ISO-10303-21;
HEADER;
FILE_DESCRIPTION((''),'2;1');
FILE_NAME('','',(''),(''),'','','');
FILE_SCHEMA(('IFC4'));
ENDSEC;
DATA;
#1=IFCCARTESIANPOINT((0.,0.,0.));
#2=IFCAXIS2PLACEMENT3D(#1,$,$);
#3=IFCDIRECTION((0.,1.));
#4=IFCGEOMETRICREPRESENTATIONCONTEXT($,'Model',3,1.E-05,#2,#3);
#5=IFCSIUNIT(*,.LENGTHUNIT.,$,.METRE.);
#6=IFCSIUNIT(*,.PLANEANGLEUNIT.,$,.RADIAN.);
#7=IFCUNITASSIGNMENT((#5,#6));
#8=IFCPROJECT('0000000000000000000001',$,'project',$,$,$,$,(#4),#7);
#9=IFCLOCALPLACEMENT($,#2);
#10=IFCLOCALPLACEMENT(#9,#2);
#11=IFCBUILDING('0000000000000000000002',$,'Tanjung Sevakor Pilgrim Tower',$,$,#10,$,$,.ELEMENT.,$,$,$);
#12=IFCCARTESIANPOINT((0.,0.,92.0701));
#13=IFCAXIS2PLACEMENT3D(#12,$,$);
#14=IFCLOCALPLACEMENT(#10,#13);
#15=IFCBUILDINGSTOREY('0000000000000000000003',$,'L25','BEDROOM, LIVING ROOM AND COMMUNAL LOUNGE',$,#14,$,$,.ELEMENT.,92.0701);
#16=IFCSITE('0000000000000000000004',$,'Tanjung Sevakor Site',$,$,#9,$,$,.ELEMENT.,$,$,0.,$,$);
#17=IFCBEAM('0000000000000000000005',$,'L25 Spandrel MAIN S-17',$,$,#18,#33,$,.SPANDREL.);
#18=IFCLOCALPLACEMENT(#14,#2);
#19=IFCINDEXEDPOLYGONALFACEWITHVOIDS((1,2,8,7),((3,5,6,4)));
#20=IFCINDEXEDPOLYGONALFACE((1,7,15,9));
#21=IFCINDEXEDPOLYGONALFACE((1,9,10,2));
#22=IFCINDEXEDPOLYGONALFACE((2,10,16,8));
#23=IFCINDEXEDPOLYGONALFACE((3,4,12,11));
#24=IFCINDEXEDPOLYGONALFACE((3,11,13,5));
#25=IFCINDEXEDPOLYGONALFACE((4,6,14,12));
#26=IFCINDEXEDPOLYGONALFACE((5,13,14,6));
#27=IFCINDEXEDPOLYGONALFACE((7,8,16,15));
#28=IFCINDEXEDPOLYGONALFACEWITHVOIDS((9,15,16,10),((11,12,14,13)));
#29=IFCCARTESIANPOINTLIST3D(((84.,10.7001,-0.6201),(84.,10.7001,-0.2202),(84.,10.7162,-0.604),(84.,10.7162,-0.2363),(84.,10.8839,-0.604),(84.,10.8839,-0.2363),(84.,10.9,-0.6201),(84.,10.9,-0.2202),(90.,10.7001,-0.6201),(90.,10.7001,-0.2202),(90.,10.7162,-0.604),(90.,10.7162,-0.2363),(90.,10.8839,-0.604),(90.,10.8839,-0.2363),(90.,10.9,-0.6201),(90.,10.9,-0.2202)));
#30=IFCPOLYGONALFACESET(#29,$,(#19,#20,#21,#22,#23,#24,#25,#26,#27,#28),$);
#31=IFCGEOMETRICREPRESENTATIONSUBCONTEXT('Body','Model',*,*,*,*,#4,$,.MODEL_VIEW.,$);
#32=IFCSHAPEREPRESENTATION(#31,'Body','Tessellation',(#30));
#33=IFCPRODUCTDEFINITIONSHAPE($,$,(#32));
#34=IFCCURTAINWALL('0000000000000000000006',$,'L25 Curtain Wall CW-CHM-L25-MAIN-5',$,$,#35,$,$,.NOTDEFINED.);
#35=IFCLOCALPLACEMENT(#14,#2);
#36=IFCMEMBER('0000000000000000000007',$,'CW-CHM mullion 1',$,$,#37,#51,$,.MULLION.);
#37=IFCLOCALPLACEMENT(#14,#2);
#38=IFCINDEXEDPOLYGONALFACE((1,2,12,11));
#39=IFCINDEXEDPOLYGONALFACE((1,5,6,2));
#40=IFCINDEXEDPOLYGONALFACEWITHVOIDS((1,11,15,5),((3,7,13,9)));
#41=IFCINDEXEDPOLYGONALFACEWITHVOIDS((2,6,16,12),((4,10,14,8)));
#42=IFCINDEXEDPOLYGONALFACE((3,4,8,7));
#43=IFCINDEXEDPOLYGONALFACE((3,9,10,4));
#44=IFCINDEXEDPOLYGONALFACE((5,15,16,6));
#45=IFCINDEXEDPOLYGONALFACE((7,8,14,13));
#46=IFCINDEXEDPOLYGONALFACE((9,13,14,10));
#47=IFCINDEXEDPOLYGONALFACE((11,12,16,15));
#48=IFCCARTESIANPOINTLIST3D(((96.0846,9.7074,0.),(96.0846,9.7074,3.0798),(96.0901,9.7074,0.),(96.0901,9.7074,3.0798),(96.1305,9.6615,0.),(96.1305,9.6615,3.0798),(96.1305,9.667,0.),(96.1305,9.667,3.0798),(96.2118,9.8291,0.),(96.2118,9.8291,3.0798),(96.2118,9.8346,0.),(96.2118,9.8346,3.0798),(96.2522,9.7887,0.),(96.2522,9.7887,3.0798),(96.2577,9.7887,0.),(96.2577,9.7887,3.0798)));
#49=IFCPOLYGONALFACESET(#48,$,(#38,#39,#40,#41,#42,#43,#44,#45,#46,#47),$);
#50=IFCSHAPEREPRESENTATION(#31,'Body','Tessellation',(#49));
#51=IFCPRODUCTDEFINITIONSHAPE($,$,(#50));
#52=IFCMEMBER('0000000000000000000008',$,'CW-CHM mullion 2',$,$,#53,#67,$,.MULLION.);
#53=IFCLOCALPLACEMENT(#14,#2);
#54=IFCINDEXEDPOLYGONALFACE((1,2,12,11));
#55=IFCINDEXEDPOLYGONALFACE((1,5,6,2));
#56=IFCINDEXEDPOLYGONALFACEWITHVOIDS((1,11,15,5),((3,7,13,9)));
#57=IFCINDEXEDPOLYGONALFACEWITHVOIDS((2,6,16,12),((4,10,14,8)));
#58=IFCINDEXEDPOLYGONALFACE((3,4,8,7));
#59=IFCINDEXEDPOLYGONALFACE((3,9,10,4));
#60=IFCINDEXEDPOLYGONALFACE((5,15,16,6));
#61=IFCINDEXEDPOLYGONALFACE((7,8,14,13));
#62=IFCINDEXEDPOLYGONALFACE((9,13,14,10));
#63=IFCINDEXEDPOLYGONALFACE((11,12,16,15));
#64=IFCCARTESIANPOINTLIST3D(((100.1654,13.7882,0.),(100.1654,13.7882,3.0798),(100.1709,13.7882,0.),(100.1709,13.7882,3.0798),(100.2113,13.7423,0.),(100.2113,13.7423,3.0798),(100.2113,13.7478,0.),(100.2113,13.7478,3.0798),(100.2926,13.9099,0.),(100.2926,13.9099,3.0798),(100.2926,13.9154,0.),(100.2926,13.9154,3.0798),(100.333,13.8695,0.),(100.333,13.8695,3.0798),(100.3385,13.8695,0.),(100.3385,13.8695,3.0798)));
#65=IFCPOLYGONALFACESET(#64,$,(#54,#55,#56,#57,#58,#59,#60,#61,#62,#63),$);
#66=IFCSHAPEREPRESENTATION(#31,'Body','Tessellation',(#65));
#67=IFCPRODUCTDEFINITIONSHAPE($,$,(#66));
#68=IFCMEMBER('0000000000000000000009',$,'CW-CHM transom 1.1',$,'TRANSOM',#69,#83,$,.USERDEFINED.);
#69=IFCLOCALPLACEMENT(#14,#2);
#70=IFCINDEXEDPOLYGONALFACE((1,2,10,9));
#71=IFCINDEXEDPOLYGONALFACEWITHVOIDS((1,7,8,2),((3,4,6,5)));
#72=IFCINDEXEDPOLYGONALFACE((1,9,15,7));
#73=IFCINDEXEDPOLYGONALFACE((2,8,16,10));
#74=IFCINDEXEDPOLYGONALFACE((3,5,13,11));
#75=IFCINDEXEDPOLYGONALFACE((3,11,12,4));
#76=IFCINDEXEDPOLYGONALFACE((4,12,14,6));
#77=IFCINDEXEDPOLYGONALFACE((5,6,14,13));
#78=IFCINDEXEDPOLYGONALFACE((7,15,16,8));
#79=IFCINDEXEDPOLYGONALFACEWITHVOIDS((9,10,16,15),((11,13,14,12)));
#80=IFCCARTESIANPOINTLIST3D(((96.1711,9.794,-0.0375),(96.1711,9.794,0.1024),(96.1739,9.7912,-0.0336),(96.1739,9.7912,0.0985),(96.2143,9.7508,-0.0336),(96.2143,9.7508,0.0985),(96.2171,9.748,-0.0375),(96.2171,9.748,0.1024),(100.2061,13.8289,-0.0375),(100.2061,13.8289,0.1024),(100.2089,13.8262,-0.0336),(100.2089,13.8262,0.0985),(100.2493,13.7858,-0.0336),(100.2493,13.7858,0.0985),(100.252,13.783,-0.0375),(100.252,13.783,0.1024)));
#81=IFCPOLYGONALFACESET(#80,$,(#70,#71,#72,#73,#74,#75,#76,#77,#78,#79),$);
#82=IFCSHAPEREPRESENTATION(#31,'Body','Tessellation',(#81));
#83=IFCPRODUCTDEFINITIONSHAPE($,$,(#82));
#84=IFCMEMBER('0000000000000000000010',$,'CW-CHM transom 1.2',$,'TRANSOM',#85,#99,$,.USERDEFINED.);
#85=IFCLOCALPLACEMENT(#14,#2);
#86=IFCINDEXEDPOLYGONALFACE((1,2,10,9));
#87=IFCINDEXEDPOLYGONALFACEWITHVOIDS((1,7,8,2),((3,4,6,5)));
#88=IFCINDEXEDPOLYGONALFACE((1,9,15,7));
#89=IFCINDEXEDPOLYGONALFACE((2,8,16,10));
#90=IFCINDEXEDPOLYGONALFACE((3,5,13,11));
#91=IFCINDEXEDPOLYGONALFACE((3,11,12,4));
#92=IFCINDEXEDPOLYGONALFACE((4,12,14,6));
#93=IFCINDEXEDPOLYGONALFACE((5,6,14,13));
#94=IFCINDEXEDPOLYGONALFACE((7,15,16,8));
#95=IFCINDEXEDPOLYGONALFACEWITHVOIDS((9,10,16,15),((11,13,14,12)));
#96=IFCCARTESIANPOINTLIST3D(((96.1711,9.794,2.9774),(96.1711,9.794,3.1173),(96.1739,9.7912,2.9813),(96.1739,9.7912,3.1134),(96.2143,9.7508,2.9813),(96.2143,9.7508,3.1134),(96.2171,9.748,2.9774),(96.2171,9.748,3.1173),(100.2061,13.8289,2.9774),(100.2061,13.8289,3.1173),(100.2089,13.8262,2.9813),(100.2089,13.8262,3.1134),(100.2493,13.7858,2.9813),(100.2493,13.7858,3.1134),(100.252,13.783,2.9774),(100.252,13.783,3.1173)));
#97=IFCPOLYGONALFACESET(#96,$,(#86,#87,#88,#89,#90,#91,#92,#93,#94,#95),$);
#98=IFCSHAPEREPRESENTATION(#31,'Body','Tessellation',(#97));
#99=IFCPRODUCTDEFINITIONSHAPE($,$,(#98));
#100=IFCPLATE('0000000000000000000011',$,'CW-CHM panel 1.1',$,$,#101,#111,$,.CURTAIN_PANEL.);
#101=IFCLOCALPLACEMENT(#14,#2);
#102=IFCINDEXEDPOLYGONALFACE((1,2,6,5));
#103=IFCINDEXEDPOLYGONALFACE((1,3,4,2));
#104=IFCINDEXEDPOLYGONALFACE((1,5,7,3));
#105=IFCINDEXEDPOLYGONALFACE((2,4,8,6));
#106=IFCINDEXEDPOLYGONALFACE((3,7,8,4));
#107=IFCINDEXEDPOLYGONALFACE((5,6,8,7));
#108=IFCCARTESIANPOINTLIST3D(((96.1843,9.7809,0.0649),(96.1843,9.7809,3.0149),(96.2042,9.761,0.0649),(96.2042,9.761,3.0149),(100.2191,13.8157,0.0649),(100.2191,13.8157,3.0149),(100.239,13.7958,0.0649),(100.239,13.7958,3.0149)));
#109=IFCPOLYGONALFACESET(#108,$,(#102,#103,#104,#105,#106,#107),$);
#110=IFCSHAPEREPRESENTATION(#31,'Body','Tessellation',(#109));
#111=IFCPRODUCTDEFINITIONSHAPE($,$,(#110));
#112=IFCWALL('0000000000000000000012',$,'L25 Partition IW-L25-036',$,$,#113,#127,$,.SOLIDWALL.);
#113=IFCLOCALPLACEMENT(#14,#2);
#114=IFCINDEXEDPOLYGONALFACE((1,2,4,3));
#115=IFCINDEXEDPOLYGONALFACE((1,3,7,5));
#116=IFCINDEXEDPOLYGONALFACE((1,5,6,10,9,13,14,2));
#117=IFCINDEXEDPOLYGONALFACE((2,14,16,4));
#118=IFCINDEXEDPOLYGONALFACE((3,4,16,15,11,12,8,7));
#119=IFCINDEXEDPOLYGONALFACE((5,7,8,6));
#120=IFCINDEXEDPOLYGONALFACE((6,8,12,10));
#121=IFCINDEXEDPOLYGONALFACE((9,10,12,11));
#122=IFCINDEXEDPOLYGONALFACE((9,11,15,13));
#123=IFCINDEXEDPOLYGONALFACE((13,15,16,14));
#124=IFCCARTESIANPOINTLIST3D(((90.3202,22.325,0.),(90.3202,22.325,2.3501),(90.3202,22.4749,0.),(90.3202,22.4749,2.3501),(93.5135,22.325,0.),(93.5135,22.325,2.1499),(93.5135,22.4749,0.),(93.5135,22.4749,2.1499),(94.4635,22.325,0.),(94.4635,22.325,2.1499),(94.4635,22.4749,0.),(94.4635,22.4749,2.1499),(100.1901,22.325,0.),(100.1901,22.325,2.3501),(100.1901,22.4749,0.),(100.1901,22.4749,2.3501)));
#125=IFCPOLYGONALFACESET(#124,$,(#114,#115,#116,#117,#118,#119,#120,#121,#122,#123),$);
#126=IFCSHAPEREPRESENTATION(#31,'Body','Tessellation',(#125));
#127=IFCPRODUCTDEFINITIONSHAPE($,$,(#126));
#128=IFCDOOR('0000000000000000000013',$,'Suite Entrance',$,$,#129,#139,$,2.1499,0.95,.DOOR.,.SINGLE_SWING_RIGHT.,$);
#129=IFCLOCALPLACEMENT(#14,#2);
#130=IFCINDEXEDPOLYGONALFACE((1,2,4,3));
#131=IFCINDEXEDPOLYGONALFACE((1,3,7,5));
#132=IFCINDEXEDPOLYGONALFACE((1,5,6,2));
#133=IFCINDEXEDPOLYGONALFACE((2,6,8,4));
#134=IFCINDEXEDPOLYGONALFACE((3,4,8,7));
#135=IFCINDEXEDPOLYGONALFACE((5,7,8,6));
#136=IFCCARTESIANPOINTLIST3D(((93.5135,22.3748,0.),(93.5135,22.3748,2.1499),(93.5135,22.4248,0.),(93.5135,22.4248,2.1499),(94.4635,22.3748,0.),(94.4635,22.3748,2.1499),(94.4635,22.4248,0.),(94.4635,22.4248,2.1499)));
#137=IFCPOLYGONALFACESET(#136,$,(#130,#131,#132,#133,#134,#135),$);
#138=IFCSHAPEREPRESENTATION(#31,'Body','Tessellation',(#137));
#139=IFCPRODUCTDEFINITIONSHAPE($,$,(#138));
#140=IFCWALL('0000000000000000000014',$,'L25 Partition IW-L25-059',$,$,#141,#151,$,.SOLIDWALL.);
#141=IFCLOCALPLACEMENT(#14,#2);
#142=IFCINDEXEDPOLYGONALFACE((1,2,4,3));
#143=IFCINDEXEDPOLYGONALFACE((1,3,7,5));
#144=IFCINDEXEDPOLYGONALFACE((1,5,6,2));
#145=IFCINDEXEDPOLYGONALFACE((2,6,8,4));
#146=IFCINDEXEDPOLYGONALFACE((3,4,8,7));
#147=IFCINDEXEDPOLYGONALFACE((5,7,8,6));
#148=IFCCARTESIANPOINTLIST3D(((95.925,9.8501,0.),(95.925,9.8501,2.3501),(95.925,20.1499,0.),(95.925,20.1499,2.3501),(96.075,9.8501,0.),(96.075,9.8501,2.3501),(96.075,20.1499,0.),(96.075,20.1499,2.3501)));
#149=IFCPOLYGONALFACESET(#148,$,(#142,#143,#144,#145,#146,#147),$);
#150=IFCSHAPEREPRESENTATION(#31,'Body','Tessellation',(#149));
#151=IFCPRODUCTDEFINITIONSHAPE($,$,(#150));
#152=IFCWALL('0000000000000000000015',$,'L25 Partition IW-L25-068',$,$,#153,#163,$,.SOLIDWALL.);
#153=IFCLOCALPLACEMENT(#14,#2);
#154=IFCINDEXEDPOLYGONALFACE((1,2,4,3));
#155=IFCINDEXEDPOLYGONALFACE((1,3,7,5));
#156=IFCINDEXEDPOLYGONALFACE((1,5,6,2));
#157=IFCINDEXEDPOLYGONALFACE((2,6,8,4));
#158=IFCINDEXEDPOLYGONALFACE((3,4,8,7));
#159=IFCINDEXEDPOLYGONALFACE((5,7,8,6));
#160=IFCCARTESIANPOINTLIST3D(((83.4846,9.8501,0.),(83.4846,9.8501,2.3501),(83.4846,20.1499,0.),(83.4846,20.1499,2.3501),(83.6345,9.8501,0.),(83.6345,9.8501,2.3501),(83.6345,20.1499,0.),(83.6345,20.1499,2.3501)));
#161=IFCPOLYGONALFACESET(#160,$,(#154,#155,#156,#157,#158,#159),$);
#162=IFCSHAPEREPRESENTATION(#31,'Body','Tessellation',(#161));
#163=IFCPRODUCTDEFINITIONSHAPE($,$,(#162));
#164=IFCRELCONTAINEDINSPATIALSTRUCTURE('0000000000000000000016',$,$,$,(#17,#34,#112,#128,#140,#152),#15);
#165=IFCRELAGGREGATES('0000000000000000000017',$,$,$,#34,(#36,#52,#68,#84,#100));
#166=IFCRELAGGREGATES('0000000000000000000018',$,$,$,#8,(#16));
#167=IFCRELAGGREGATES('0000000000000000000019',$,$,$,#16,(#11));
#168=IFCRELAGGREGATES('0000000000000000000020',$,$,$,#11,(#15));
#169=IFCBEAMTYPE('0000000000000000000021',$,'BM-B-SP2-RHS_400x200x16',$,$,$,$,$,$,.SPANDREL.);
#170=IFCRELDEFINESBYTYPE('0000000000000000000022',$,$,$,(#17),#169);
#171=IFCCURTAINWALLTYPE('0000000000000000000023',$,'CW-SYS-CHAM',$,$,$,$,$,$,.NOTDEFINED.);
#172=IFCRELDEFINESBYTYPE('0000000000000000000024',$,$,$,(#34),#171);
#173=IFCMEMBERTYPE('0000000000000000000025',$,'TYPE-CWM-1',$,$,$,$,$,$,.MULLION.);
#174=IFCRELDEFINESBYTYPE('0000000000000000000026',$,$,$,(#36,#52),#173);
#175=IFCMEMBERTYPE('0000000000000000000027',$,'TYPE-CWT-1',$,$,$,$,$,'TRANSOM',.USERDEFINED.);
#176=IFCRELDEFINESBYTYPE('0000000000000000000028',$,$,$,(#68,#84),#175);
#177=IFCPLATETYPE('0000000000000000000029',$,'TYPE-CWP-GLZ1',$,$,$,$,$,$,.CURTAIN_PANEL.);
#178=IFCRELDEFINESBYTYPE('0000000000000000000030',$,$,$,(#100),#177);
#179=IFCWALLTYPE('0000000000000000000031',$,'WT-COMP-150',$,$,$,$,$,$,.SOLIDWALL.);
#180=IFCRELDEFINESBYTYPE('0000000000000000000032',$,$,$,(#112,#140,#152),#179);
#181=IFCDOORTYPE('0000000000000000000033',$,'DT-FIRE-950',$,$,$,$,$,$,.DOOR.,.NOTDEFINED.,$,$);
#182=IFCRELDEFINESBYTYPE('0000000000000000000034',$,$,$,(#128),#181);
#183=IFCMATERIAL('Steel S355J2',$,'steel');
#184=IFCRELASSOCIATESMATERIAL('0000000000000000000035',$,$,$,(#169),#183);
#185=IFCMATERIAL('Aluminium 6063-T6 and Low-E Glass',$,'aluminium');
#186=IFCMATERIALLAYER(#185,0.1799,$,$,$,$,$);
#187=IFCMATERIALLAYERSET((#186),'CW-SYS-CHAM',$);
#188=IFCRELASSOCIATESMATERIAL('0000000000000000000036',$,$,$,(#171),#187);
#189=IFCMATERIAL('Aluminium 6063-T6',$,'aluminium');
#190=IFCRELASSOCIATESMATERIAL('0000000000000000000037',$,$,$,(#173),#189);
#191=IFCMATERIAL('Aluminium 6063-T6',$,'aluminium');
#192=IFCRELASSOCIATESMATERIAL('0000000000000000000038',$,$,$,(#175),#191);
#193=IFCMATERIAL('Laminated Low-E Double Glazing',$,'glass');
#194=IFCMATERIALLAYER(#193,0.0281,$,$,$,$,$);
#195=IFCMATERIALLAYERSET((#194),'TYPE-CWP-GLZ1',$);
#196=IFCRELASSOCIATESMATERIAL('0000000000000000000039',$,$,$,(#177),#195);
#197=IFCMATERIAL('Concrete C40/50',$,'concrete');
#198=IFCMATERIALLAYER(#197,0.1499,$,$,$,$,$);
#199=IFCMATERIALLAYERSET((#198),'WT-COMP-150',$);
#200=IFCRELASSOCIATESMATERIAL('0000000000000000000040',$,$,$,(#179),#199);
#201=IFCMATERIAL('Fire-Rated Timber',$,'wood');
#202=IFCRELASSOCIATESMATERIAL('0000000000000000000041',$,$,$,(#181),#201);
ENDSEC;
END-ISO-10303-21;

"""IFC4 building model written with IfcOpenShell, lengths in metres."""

from ifc_helpers import new_model, si_unit, direction, frame, frame_2d, origin, origin_2d, place, context, subcontext, project, spatial, rectangle, hollow_rectangle, extrude, material, layer, layer_set, material_profile, profile_set, type_object, element, fill, aggregate, save


model = new_model("IFC4")

# Units and contexts
model_context = context("Model", 3, precision=1e-05, world=origin(), true_north=direction((0.0, 1.0)))
body_context = subcontext(model_context, "Body", "Model", "MODEL_VIEW")
ifc_project = project(units=[si_unit("LENGTHUNIT", "METRE"), si_unit("PLANEANGLEUNIT", "RADIAN")], contexts=[model_context])

# Site, building, storey
site_placement = place(None, origin())
site = spatial("IfcSite", under=ifc_project, at=site_placement, Name="Tanjung Sevakor Site", CompositionType="ELEMENT", RefElevation=0.0)
building_placement = place(site_placement, origin())
building = spatial("IfcBuilding", under=site, at=building_placement, Name="Tanjung Sevakor Pilgrim Tower", CompositionType="ELEMENT")
storey_placement = place(building_placement, frame((0.0, 0.0, 92.0701)))
storey = spatial("IfcBuildingStorey", under=building, at=storey_placement, Name="L25", Description="BEDROOM, LIVING ROOM AND COMMUNAL LOUNGE", CompositionType="ELEMENT", Elevation=92.0701)

# Beam
ifc_material_1 = material(Name="Steel S355J2", Category="steel")
ifc_material_profile_1 = material_profile(ifc_material_1, hollow_rectangle(XDim=0.2, YDim=0.3999, WallThickness=0.0161, at=origin_2d()))
ifc_profile_set_1 = profile_set([ifc_material_profile_1], Name="Steel S355J2")
beam_type_1 = type_object("IfcBeamType", Name="BM-B-SP2-RHS_400x200x16", PredefinedType="SPANDREL", material=ifc_profile_set_1)
beam_1_placement = place(storey_placement, frame((84.0, 10.8, -0.4202), z_axis=(1.0, 0.0, 0.0), x_axis=(0.0, 1.0, 0.0)))
element("IfcBeam", 1, at=beam_1_placement, inside=storey, type_object=beam_type_1, Name="L25 Spandrel MAIN S-17", PredefinedType="SPANDREL", context=body_context, shape_type="SweptSolid", body=[
    extrude(hollow_rectangle(XDim=0.2, YDim=0.3999, WallThickness=0.0161, at=origin_2d()), origin(), (0.0, 0.0, 1.0), 6.0),
])

# Curtain wall, members, plate
ifc_material_2 = material(Name="Aluminium 6063-T6 and Low-E Glass", Category="aluminium")
ifc_layer_1 = layer(ifc_material_2, 0.1799)
ifc_layer_set_1 = layer_set([ifc_layer_1], Name="CW-SYS-CHAM")
curtain_wall_type = type_object("IfcCurtainWallType", Name="CW-SYS-CHAM", PredefinedType="NOTDEFINED", material=ifc_layer_set_1)
curtain_wall_placement = place(storey_placement, origin())
curtain_wall = element("IfcCurtainWall", 2, at=curtain_wall_placement, inside=storey, type_object=curtain_wall_type, Name="L25 Curtain Wall CW-CHM-L25-MAIN-5", PredefinedType="NOTDEFINED")
ifc_material_3 = material(Name="Aluminium 6063-T6", Category="aluminium")
ifc_material_profile_2 = material_profile(ifc_material_3, hollow_rectangle(XDim=0.0649, YDim=0.1799, WallThickness=0.0039, at=origin_2d()))
ifc_profile_set_2 = profile_set([ifc_material_profile_2], Name="Aluminium 6063-T6")
member_type_1 = type_object("IfcMemberType", Name="TYPE-CWM-1", PredefinedType="MULLION", material=ifc_profile_set_2)
member_1_placement = place(storey_placement, frame((96.1711, 9.748, 0.0), z_axis=(0.0, 0.0, 1.0), x_axis=(-0.707107, 0.707107, 0.0)))
member_1 = element("IfcMember", 3, at=member_1_placement, type_object=member_type_1, Name="CW-CHM mullion 1", PredefinedType="MULLION", context=body_context, shape_type="SweptSolid", body=[
    extrude(hollow_rectangle(XDim=0.0649, YDim=0.1799, WallThickness=0.0039, at=origin_2d()), origin(), (0.0, 0.0, 1.0), 3.0798),
])
member_2_placement = place(storey_placement, frame((100.252, 13.8289, 0.0), z_axis=(0.0, 0.0, 1.0), x_axis=(-0.707107, 0.707107, 0.0)))
member_2 = element("IfcMember", 4, at=member_2_placement, type_object=member_type_1, Name="CW-CHM mullion 2", PredefinedType="MULLION", context=body_context, shape_type="SweptSolid", body=[
    extrude(hollow_rectangle(XDim=0.0649, YDim=0.1799, WallThickness=0.0039, at=origin_2d()), origin(), (0.0, 0.0, 1.0), 3.0798),
])
ifc_material_4 = material(Name="Aluminium 6063-T6", Category="aluminium")
ifc_material_profile_3 = material_profile(ifc_material_4, hollow_rectangle(XDim=0.0649, YDim=0.1399, WallThickness=0.0039, at=origin_2d()))
ifc_profile_set_3 = profile_set([ifc_material_profile_3], Name="Aluminium 6063-T6")
member_type_2 = type_object("IfcMemberType", Name="TYPE-CWT-1", ElementType="TRANSOM", PredefinedType="USERDEFINED", material=ifc_profile_set_3)
member_3_placement = place(storey_placement, frame((96.1941, 9.771, 0.0325), z_axis=(0.707107, 0.707107, 0.0), x_axis=(-0.707107, 0.707107, 0.0)))
member_3 = element("IfcMember", 5, at=member_3_placement, type_object=member_type_2, Name="CW-CHM transom 1.1", ObjectType="TRANSOM", PredefinedType="USERDEFINED", context=body_context, shape_type="SweptSolid", body=[
    extrude(hollow_rectangle(XDim=0.0649, YDim=0.1399, WallThickness=0.0039, at=origin_2d()), origin(), (0.0, 0.0, 1.0), 5.7063),
])
member_4_placement = place(storey_placement, frame((96.1941, 9.771, 3.0474), z_axis=(0.707107, 0.707107, 0.0), x_axis=(-0.707107, 0.707107, 0.0)))
member_4 = element("IfcMember", 6, at=member_4_placement, type_object=member_type_2, Name="CW-CHM transom 1.2", ObjectType="TRANSOM", PredefinedType="USERDEFINED", context=body_context, shape_type="SweptSolid", body=[
    extrude(hollow_rectangle(XDim=0.0649, YDim=0.1399, WallThickness=0.0039, at=origin_2d()), origin(), (0.0, 0.0, 1.0), 5.7063),
])
ifc_material_5 = material(Name="Laminated Low-E Double Glazing", Category="glass")
ifc_layer_2 = layer(ifc_material_5, 0.0281)
ifc_layer_set_2 = layer_set([ifc_layer_2], Name="TYPE-CWP-GLZ1")
plate_type = type_object("IfcPlateType", Name="TYPE-CWP-GLZ1", PredefinedType="CURTAIN_PANEL", material=ifc_layer_set_2)
plate_placement = place(storey_placement, frame((98.2117, 11.7883, 0.0649), z_axis=(0.0, 0.0, 1.0), x_axis=(0.707107, 0.707107, 0.0)))
plate = element("IfcPlate", 7, at=plate_placement, type_object=plate_type, Name="CW-CHM panel 1.1", PredefinedType="CURTAIN_PANEL", context=body_context, shape_type="SweptSolid", body=[
    extrude(rectangle(XDim=5.7061, YDim=0.0281, at=origin_2d()), origin(), (0.0, 0.0, 1.0), 2.95),
])
aggregate(curtain_wall, [member_1, member_2, member_3, member_4, plate])

# Wall, opening, door
ifc_material_6 = material(Name="Concrete C40/50", Category="concrete")
ifc_layer_3 = layer(ifc_material_6, 0.1499)
ifc_layer_set_3 = layer_set([ifc_layer_3], Name="WT-COMP-150")
wall_type_1 = type_object("IfcWallType", Name="WT-COMP-150", PredefinedType="SOLIDWALL", material=ifc_layer_set_3)
wall_1_placement = place(storey_placement, frame((90.3201, 22.3999, 0.0), z_axis=(0.0, 0.0, 1.0), x_axis=(1.0, 0.0, 0.0)))
wall_1 = element("IfcWall", 8, at=wall_1_placement, inside=storey, type_object=wall_type_1, Name="L25 Partition IW-L25-036", PredefinedType="SOLIDWALL", context=body_context, shape_type="SweptSolid", body=[
    extrude(rectangle(XDim=9.8699, YDim=0.1499, at=frame_2d((4.9351, 0.0))), origin(), (0.0, 0.0, 1.0), 2.3501),
])
opening_1_placement = place(wall_1_placement, frame((3.1934, 0.0, 0.0)))
opening_1 = element("IfcOpeningElement", 9, at=opening_1_placement, cuts=wall_1, PredefinedType="OPENING", context=body_context, shape_type="SweptSolid", body=[
    extrude(rectangle(XDim=0.95, YDim=2.1499, at=frame_2d((0.4751, 1.075))), frame((0.0, 0.085, 0.0), z_axis=(0.0, -1.0, 0.0), x_axis=(1.0, 0.0, 0.0)), (0.0, 0.0, 1.0), 0.1699),
])
ifc_material_7 = material(Name="Fire-Rated Timber", Category="wood")
door_type_1 = type_object("IfcDoorType", Name="DT-FIRE-950", OperationType="NOTDEFINED", PredefinedType="DOOR", material=ifc_material_7)
door_1_placement = place(opening_1_placement, origin())
door_1 = element("IfcDoor", 10, at=door_1_placement, inside=storey, type_object=door_type_1, Name="Suite Entrance", OperationType="SINGLE_SWING_RIGHT", OverallHeight=2.1499, OverallWidth=0.95, PredefinedType="DOOR", context=body_context, shape_type="SweptSolid", body=[
    extrude(rectangle(XDim=0.95, YDim=2.1499, at=frame_2d((0.4751, 1.075))), frame((0.0, 0.0249, 0.0), z_axis=(0.0, -1.0, 0.0), x_axis=(1.0, 0.0, 0.0)), (0.0, 0.0, 1.0), 0.05),
])
fill(opening_1, door_1)

# Walls
for number, where, z_axis, x_axis, name in (
    (11, (96.0, 9.8501, 0.0), (0.0, 0.0, 1.0), (0.0, 1.0, 0.0), "L25 Partition IW-L25-059"),
    (12, (83.5596, 9.8501, 0.0), (0.0, 0.0, 1.0), (0.0, 1.0, 0.0), "L25 Partition IW-L25-068"),
):
    element("IfcWall", number, at=place(storey_placement, frame(where, z_axis=z_axis, x_axis=x_axis)), inside=storey, type_object=wall_type_1, Name=name, PredefinedType="SOLIDWALL", context=body_context, shape_type="SweptSolid", body=[
        extrude(rectangle(XDim=10.2998, YDim=0.1499, at=frame_2d((5.1499, 0.0))), origin(), (0.0, 0.0, 1.0), 2.3501),
    ])

save(model, "model.ifc")
